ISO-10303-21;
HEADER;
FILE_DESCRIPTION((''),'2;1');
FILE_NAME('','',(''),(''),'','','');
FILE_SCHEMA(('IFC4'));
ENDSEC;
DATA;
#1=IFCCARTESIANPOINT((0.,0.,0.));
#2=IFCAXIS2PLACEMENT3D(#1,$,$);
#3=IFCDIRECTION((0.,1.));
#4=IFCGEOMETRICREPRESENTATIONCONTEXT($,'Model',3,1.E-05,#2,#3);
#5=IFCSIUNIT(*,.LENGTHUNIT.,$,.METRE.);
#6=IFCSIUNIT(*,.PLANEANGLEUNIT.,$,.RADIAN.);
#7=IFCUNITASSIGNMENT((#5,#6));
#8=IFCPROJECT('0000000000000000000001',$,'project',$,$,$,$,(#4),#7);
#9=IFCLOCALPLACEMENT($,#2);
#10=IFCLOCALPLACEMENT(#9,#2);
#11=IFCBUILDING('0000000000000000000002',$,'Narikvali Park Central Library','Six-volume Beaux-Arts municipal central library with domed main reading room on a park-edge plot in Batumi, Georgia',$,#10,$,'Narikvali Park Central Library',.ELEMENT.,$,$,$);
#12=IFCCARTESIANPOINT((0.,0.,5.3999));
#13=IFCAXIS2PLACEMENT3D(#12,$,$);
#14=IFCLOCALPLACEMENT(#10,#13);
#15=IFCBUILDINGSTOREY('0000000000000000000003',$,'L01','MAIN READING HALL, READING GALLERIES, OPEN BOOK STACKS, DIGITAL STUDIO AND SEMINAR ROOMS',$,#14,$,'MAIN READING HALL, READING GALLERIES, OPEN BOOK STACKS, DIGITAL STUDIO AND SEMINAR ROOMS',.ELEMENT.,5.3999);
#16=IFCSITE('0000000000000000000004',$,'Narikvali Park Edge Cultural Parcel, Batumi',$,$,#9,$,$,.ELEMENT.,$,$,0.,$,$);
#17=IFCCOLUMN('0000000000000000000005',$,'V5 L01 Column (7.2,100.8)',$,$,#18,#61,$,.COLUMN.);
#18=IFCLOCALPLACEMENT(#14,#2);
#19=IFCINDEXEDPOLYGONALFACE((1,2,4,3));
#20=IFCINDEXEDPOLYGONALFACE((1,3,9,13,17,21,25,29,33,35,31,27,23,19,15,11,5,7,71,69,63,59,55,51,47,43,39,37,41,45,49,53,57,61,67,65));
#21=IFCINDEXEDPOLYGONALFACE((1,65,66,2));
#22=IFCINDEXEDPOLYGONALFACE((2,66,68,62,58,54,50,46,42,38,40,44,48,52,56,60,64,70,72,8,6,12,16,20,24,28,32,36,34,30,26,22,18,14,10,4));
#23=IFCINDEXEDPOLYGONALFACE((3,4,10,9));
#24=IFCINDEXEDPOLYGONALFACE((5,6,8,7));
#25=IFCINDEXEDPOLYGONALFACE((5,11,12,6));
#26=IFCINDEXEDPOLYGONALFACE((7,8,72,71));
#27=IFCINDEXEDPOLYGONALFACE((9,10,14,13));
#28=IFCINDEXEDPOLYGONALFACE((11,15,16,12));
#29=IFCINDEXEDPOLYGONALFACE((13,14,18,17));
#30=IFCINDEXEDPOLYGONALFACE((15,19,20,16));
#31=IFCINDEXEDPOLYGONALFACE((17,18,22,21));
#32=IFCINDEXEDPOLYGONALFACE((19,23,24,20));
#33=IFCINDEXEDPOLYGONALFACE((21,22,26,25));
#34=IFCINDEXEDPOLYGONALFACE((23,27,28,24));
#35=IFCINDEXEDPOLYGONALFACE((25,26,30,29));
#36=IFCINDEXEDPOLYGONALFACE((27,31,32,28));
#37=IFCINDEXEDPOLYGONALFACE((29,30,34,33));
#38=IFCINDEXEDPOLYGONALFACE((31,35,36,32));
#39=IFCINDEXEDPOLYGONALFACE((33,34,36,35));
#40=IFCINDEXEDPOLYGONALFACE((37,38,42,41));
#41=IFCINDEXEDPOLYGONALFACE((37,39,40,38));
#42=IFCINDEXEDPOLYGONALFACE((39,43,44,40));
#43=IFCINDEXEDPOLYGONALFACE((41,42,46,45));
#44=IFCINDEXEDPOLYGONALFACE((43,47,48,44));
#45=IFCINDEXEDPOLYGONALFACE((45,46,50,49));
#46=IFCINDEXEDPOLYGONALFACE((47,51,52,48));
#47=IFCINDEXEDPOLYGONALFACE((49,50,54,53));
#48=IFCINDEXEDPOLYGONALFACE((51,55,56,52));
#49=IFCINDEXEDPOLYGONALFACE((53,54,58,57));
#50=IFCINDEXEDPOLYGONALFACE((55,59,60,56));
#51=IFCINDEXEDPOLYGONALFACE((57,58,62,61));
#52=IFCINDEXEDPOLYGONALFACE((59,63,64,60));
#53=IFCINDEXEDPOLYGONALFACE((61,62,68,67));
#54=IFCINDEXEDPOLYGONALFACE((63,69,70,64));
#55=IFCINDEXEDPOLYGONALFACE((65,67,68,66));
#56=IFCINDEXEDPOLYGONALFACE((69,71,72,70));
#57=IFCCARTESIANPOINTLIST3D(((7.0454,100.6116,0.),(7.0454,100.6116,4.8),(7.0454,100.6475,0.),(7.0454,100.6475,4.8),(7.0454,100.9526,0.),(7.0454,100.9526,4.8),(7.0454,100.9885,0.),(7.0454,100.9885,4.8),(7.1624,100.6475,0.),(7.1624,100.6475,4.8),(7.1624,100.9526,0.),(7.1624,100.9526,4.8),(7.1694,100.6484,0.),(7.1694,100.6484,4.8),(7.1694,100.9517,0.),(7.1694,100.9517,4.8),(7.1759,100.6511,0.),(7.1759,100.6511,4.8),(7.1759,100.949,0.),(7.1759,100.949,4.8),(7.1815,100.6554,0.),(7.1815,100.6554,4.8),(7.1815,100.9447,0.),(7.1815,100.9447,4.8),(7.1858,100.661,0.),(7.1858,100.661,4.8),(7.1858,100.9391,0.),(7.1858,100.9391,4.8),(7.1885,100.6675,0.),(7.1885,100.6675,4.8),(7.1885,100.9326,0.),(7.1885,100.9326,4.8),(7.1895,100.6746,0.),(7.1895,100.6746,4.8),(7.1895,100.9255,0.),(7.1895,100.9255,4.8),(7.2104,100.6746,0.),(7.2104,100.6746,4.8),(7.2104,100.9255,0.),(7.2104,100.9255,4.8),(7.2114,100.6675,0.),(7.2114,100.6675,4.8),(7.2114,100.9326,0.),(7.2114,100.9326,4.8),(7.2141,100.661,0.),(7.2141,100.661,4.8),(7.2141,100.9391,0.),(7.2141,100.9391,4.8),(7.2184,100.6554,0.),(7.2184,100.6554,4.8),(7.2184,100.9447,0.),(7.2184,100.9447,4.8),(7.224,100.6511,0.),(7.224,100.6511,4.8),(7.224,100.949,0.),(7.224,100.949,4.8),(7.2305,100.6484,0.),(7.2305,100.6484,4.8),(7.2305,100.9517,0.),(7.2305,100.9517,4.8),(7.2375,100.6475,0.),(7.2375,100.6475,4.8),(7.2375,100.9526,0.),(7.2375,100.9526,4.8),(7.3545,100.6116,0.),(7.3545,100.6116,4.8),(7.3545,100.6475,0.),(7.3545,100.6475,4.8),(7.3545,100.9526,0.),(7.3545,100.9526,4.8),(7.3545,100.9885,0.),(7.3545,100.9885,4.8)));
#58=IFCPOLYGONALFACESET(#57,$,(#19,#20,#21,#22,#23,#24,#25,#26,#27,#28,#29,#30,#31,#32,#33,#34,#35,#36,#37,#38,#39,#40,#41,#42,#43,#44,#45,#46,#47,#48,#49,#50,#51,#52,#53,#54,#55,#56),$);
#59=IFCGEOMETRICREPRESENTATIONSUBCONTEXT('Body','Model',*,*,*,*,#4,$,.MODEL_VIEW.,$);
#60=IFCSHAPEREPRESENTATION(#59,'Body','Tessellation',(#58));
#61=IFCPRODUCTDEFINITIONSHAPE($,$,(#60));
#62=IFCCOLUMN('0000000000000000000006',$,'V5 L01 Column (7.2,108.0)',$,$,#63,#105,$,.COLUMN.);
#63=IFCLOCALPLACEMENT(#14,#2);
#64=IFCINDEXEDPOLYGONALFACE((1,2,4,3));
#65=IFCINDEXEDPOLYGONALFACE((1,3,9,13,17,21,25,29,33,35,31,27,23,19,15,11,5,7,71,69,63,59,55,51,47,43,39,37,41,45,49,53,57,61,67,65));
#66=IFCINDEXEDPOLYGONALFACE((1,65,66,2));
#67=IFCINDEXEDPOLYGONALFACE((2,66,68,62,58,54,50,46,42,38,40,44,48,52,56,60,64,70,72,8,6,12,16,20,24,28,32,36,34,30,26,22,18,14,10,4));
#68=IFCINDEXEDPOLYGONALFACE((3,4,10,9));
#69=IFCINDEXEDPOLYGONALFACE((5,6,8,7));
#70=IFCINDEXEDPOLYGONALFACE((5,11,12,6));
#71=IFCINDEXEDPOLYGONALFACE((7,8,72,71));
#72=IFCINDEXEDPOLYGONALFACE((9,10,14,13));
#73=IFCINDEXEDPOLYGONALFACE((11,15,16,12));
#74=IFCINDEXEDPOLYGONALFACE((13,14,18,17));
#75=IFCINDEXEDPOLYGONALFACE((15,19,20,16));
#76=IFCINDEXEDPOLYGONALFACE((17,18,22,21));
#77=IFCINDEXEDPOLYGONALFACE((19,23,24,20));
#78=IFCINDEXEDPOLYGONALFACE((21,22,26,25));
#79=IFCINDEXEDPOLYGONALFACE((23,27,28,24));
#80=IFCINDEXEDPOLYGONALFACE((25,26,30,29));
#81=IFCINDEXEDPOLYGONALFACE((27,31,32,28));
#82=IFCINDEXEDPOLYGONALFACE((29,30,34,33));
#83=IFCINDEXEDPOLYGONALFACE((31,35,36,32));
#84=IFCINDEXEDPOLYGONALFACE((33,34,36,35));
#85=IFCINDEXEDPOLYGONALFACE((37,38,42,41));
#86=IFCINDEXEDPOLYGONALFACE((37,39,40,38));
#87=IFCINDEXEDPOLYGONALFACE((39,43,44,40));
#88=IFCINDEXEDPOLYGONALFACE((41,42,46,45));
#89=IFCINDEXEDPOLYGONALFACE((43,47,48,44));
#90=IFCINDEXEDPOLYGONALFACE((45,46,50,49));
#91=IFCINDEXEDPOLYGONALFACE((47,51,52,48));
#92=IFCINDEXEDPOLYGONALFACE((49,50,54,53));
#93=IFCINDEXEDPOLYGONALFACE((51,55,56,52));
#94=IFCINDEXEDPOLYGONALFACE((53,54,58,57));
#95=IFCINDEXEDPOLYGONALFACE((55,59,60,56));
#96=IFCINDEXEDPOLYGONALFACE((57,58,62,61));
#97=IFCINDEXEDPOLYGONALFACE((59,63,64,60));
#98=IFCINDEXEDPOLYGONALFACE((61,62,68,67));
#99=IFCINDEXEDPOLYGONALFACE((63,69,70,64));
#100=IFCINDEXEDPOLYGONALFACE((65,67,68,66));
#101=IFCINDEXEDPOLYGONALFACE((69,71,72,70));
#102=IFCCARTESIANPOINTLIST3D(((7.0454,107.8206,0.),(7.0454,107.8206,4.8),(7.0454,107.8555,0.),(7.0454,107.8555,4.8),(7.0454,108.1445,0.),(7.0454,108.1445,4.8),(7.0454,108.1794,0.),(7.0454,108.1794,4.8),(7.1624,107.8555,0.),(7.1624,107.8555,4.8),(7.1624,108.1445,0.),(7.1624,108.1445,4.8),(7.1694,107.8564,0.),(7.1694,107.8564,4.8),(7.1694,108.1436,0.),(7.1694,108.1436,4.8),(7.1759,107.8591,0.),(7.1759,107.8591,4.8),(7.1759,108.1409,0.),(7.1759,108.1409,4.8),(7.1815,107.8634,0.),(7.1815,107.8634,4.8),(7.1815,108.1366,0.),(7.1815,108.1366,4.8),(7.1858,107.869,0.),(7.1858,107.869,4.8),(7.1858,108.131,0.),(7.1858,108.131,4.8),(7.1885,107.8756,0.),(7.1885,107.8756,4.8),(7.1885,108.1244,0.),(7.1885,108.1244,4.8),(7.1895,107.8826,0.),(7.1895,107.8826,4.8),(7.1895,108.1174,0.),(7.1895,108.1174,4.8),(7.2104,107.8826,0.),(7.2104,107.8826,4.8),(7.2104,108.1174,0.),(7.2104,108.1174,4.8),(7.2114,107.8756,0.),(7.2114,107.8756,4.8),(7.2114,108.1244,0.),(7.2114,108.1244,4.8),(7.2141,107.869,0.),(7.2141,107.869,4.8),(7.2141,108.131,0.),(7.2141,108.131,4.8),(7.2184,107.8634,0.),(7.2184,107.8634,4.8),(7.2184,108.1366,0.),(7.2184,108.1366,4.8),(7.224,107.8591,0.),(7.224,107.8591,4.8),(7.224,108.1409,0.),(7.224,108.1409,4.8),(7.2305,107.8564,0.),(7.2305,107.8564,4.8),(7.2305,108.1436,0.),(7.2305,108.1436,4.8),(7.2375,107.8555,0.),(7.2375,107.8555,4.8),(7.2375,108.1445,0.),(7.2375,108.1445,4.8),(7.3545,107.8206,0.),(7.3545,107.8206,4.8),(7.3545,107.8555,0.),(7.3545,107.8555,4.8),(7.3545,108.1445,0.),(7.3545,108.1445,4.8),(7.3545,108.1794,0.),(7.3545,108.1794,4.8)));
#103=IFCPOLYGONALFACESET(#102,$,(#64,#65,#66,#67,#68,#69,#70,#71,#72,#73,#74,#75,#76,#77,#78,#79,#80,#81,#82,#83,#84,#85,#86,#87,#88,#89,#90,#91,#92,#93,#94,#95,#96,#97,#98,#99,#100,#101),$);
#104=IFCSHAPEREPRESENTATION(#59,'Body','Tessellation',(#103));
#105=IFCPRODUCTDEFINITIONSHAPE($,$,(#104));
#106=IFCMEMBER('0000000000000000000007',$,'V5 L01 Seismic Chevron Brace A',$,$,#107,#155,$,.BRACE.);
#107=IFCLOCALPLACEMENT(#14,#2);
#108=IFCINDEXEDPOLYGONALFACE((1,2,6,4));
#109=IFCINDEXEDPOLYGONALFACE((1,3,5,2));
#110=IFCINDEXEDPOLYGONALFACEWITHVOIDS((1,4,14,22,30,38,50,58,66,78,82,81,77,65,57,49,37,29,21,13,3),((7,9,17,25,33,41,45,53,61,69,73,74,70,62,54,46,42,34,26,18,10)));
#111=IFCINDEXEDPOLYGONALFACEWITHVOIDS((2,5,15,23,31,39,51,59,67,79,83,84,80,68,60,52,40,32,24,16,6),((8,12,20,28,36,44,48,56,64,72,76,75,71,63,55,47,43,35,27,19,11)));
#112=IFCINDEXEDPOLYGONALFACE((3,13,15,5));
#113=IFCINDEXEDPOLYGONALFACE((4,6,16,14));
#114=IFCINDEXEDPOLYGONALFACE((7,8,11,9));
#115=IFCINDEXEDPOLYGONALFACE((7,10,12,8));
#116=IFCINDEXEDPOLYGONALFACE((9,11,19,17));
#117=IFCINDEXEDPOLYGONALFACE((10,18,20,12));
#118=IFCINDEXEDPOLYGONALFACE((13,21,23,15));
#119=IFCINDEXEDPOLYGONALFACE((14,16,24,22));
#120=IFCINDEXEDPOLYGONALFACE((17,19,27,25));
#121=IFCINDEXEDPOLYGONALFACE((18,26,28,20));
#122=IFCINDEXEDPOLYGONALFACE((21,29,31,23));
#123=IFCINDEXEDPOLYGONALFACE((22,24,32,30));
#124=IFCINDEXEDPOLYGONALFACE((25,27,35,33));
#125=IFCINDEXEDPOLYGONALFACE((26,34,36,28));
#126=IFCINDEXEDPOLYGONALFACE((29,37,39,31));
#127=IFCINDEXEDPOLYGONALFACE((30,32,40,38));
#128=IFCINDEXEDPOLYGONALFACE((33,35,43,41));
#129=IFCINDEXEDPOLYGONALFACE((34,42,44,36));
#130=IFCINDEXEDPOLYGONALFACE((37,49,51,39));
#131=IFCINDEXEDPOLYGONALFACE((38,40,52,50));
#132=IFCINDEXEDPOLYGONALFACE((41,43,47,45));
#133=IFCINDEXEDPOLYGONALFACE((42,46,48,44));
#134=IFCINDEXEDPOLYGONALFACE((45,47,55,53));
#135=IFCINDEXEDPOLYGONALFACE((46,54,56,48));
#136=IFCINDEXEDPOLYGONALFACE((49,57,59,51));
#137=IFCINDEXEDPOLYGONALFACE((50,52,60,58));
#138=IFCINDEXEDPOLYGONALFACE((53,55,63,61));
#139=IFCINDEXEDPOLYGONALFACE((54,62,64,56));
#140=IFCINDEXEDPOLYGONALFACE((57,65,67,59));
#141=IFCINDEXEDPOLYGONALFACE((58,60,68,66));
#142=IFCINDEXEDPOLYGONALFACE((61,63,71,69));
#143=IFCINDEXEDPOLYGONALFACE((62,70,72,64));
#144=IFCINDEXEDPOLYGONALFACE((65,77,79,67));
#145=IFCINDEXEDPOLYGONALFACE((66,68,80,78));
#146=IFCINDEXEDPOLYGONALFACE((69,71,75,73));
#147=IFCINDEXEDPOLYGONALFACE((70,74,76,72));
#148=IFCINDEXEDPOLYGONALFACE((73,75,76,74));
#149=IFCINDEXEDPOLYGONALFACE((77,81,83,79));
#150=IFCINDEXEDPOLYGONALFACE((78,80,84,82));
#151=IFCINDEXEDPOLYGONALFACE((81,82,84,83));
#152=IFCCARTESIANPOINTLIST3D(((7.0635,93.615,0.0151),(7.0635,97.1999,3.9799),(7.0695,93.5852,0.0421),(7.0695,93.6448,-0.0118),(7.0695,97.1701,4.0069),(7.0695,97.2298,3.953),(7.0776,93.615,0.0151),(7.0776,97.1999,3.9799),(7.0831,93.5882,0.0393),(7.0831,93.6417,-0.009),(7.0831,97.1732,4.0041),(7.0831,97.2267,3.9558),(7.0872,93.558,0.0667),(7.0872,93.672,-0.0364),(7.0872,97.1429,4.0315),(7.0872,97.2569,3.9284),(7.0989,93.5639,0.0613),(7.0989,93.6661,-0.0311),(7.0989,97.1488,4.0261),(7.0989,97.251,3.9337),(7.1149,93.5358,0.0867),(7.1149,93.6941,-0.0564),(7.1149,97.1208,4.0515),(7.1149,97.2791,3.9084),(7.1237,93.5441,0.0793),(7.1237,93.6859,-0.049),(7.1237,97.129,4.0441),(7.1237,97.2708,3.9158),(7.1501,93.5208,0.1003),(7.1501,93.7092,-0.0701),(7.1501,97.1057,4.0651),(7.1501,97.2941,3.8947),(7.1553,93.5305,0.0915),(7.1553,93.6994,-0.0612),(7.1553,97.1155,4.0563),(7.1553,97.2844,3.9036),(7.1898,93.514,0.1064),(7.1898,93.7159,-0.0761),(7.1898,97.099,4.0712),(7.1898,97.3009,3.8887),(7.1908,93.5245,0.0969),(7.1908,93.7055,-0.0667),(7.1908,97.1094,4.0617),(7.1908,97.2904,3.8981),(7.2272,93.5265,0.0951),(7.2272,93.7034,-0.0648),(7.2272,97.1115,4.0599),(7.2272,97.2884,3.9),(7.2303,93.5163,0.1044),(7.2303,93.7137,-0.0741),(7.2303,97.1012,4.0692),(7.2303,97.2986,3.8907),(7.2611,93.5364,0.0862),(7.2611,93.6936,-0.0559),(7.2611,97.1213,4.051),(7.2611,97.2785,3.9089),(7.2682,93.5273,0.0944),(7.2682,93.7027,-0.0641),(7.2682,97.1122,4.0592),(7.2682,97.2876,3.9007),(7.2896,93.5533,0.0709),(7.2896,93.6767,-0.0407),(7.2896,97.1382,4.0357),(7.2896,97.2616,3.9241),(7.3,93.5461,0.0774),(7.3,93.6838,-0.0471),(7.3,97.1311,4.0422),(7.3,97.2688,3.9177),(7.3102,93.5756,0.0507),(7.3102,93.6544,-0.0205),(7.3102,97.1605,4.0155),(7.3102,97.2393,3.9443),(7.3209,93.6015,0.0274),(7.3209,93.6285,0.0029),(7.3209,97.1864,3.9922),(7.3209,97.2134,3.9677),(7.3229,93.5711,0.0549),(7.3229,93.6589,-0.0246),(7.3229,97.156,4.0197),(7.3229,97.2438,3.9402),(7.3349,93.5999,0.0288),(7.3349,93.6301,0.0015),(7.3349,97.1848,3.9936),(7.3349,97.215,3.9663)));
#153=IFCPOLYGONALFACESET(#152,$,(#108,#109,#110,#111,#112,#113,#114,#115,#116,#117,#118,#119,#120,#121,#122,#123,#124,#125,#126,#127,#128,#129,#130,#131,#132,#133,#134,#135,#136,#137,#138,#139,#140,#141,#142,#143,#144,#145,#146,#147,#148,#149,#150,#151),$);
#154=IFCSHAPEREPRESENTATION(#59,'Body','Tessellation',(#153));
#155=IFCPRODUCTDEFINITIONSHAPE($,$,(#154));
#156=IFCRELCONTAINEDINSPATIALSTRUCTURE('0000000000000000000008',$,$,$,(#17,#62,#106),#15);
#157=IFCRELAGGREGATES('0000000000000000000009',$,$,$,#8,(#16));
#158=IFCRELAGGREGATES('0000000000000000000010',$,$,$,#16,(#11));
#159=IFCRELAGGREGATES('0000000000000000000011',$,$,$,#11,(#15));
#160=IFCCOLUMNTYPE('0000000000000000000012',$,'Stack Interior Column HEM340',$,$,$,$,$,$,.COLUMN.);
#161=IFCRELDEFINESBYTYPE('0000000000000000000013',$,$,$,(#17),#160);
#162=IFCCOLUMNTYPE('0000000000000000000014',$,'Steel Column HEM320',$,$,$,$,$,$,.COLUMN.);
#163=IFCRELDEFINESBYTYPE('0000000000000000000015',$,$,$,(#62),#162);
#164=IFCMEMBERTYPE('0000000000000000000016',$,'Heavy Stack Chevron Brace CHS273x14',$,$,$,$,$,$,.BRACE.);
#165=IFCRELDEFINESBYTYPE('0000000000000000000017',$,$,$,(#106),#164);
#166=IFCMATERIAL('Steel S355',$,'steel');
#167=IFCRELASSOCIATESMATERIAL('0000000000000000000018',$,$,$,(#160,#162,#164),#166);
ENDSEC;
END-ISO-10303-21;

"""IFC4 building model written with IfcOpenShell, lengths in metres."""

from ifc_helpers import new_model, si_unit, direction, frame, origin, origin_2d, place, context, subcontext, project, spatial, hollow_circle, i_section, extrude, material, material_profile, profile_set, type_object, element, save


model = new_model("IFC4")

# Units and contexts
model_context = context("Model", 3, precision=1e-05, world=origin(), true_north=direction((0.0, 1.0)))
body_context = subcontext(model_context, "Body", "Model", "MODEL_VIEW")
ifc_project = project(units=[si_unit("LENGTHUNIT", "METRE"), si_unit("PLANEANGLEUNIT", "RADIAN")], contexts=[model_context])

# Site, building, storey
site_placement = place(None, origin())
site = spatial("IfcSite", under=ifc_project, at=site_placement, Name="Narikvali Park Edge Cultural Parcel, Batumi", CompositionType="ELEMENT", RefElevation=0.0)
building_placement = place(site_placement, origin())
building = spatial("IfcBuilding", under=site, at=building_placement, Name="Narikvali Park Central Library", Description="Six-volume Beaux-Arts municipal central library with domed main reading room on a park-edge plot in Batumi, Georgia", LongName="Narikvali Park Central Library", CompositionType="ELEMENT")
storey_placement = place(building_placement, frame((0.0, 0.0, 5.3999)))
storey = spatial("IfcBuildingStorey", under=building, at=storey_placement, Name="L01", Description="MAIN READING HALL, READING GALLERIES, OPEN BOOK STACKS, DIGITAL STUDIO AND SEMINAR ROOMS", LongName="MAIN READING HALL, READING GALLERIES, OPEN BOOK STACKS, DIGITAL STUDIO AND SEMINAR ROOMS", CompositionType="ELEMENT", Elevation=5.3999)

# Columns
ifc_material_1 = material(Name="Steel S355", Category="steel")
ifc_material_profile_1 = material_profile(ifc_material_1, i_section(OverallWidth=0.3091, OverallDepth=0.377, WebThickness=0.021, FlangeThickness=0.0359, FilletRadius=0.0271, at=origin_2d()), Name="HEM 340")
ifc_profile_set_1 = profile_set([ifc_material_profile_1], Name="Steel S355")
column_type_1 = type_object("IfcColumnType", Name="Stack Interior Column HEM340", PredefinedType="COLUMN", material=ifc_profile_set_1)
column_1_placement = place(storey_placement, frame((7.2, 100.8, 0.0), z_axis=(0.0, 0.0, 1.0), x_axis=(1.0, 0.0, 0.0)))
element("IfcColumn", 1, at=column_1_placement, inside=storey, type_object=column_type_1, Name="V5 L01 Column (7.2,100.8)", PredefinedType="COLUMN", context=body_context, shape_type="SweptSolid", body=[
    extrude(i_section(OverallWidth=0.3091, OverallDepth=0.377, WebThickness=0.021, FlangeThickness=0.0359, FilletRadius=0.0271, at=origin_2d()), origin(), (0.0, 0.0, 1.0), 4.8),
])
ifc_material_profile_2 = material_profile(ifc_material_1, i_section(OverallWidth=0.3091, OverallDepth=0.3589, WebThickness=0.021, FlangeThickness=0.0349, FilletRadius=0.0271, at=origin_2d()), Name="HEM 320")
ifc_profile_set_2 = profile_set([ifc_material_profile_2], Name="Steel S355")
column_type_2 = type_object("IfcColumnType", Name="Steel Column HEM320", PredefinedType="COLUMN", material=ifc_profile_set_2)
column_2_placement = place(storey_placement, frame((7.2, 108.0, 0.0), z_axis=(0.0, 0.0, 1.0), x_axis=(1.0, 0.0, 0.0)))
element("IfcColumn", 2, at=column_2_placement, inside=storey, type_object=column_type_2, Name="V5 L01 Column (7.2,108.0)", PredefinedType="COLUMN", context=body_context, shape_type="SweptSolid", body=[
    extrude(i_section(OverallWidth=0.3091, OverallDepth=0.3589, WebThickness=0.021, FlangeThickness=0.0349, FilletRadius=0.0271, at=origin_2d()), origin(), (0.0, 0.0, 1.0), 4.8),
])

# Member
ifc_material_profile_3 = material_profile(ifc_material_1, hollow_circle(Radius=0.1365, WallThickness=0.0142, at=origin_2d()), Name="CHS 273x14.2")
ifc_profile_set_3 = profile_set([ifc_material_profile_3], Name="Steel S355")
member_type = type_object("IfcMemberType", Name="Heavy Stack Chevron Brace CHS273x14", PredefinedType="BRACE", material=ifc_profile_set_3)
for number, where, z_axis, x_axis, name in (
    (3, (7.2, 93.615, 0.0151), (0.0, 0.670679, 0.741748), (-1.0, 0.0, 0.0), "V5 L01 Seismic Chevron Brace A"),
):
    element("IfcMember", number, at=place(storey_placement, frame(where, z_axis=z_axis, x_axis=x_axis)), inside=storey, type_object=member_type, Name=name, PredefinedType="BRACE", context=body_context, shape_type="SweptSolid", body=[
        extrude(hollow_circle(Radius=0.1365, WallThickness=0.0142, at=origin_2d()), origin(), (0.0, 0.0, 1.0), 5.3452),
    ])

save(model, "model.ifc")
